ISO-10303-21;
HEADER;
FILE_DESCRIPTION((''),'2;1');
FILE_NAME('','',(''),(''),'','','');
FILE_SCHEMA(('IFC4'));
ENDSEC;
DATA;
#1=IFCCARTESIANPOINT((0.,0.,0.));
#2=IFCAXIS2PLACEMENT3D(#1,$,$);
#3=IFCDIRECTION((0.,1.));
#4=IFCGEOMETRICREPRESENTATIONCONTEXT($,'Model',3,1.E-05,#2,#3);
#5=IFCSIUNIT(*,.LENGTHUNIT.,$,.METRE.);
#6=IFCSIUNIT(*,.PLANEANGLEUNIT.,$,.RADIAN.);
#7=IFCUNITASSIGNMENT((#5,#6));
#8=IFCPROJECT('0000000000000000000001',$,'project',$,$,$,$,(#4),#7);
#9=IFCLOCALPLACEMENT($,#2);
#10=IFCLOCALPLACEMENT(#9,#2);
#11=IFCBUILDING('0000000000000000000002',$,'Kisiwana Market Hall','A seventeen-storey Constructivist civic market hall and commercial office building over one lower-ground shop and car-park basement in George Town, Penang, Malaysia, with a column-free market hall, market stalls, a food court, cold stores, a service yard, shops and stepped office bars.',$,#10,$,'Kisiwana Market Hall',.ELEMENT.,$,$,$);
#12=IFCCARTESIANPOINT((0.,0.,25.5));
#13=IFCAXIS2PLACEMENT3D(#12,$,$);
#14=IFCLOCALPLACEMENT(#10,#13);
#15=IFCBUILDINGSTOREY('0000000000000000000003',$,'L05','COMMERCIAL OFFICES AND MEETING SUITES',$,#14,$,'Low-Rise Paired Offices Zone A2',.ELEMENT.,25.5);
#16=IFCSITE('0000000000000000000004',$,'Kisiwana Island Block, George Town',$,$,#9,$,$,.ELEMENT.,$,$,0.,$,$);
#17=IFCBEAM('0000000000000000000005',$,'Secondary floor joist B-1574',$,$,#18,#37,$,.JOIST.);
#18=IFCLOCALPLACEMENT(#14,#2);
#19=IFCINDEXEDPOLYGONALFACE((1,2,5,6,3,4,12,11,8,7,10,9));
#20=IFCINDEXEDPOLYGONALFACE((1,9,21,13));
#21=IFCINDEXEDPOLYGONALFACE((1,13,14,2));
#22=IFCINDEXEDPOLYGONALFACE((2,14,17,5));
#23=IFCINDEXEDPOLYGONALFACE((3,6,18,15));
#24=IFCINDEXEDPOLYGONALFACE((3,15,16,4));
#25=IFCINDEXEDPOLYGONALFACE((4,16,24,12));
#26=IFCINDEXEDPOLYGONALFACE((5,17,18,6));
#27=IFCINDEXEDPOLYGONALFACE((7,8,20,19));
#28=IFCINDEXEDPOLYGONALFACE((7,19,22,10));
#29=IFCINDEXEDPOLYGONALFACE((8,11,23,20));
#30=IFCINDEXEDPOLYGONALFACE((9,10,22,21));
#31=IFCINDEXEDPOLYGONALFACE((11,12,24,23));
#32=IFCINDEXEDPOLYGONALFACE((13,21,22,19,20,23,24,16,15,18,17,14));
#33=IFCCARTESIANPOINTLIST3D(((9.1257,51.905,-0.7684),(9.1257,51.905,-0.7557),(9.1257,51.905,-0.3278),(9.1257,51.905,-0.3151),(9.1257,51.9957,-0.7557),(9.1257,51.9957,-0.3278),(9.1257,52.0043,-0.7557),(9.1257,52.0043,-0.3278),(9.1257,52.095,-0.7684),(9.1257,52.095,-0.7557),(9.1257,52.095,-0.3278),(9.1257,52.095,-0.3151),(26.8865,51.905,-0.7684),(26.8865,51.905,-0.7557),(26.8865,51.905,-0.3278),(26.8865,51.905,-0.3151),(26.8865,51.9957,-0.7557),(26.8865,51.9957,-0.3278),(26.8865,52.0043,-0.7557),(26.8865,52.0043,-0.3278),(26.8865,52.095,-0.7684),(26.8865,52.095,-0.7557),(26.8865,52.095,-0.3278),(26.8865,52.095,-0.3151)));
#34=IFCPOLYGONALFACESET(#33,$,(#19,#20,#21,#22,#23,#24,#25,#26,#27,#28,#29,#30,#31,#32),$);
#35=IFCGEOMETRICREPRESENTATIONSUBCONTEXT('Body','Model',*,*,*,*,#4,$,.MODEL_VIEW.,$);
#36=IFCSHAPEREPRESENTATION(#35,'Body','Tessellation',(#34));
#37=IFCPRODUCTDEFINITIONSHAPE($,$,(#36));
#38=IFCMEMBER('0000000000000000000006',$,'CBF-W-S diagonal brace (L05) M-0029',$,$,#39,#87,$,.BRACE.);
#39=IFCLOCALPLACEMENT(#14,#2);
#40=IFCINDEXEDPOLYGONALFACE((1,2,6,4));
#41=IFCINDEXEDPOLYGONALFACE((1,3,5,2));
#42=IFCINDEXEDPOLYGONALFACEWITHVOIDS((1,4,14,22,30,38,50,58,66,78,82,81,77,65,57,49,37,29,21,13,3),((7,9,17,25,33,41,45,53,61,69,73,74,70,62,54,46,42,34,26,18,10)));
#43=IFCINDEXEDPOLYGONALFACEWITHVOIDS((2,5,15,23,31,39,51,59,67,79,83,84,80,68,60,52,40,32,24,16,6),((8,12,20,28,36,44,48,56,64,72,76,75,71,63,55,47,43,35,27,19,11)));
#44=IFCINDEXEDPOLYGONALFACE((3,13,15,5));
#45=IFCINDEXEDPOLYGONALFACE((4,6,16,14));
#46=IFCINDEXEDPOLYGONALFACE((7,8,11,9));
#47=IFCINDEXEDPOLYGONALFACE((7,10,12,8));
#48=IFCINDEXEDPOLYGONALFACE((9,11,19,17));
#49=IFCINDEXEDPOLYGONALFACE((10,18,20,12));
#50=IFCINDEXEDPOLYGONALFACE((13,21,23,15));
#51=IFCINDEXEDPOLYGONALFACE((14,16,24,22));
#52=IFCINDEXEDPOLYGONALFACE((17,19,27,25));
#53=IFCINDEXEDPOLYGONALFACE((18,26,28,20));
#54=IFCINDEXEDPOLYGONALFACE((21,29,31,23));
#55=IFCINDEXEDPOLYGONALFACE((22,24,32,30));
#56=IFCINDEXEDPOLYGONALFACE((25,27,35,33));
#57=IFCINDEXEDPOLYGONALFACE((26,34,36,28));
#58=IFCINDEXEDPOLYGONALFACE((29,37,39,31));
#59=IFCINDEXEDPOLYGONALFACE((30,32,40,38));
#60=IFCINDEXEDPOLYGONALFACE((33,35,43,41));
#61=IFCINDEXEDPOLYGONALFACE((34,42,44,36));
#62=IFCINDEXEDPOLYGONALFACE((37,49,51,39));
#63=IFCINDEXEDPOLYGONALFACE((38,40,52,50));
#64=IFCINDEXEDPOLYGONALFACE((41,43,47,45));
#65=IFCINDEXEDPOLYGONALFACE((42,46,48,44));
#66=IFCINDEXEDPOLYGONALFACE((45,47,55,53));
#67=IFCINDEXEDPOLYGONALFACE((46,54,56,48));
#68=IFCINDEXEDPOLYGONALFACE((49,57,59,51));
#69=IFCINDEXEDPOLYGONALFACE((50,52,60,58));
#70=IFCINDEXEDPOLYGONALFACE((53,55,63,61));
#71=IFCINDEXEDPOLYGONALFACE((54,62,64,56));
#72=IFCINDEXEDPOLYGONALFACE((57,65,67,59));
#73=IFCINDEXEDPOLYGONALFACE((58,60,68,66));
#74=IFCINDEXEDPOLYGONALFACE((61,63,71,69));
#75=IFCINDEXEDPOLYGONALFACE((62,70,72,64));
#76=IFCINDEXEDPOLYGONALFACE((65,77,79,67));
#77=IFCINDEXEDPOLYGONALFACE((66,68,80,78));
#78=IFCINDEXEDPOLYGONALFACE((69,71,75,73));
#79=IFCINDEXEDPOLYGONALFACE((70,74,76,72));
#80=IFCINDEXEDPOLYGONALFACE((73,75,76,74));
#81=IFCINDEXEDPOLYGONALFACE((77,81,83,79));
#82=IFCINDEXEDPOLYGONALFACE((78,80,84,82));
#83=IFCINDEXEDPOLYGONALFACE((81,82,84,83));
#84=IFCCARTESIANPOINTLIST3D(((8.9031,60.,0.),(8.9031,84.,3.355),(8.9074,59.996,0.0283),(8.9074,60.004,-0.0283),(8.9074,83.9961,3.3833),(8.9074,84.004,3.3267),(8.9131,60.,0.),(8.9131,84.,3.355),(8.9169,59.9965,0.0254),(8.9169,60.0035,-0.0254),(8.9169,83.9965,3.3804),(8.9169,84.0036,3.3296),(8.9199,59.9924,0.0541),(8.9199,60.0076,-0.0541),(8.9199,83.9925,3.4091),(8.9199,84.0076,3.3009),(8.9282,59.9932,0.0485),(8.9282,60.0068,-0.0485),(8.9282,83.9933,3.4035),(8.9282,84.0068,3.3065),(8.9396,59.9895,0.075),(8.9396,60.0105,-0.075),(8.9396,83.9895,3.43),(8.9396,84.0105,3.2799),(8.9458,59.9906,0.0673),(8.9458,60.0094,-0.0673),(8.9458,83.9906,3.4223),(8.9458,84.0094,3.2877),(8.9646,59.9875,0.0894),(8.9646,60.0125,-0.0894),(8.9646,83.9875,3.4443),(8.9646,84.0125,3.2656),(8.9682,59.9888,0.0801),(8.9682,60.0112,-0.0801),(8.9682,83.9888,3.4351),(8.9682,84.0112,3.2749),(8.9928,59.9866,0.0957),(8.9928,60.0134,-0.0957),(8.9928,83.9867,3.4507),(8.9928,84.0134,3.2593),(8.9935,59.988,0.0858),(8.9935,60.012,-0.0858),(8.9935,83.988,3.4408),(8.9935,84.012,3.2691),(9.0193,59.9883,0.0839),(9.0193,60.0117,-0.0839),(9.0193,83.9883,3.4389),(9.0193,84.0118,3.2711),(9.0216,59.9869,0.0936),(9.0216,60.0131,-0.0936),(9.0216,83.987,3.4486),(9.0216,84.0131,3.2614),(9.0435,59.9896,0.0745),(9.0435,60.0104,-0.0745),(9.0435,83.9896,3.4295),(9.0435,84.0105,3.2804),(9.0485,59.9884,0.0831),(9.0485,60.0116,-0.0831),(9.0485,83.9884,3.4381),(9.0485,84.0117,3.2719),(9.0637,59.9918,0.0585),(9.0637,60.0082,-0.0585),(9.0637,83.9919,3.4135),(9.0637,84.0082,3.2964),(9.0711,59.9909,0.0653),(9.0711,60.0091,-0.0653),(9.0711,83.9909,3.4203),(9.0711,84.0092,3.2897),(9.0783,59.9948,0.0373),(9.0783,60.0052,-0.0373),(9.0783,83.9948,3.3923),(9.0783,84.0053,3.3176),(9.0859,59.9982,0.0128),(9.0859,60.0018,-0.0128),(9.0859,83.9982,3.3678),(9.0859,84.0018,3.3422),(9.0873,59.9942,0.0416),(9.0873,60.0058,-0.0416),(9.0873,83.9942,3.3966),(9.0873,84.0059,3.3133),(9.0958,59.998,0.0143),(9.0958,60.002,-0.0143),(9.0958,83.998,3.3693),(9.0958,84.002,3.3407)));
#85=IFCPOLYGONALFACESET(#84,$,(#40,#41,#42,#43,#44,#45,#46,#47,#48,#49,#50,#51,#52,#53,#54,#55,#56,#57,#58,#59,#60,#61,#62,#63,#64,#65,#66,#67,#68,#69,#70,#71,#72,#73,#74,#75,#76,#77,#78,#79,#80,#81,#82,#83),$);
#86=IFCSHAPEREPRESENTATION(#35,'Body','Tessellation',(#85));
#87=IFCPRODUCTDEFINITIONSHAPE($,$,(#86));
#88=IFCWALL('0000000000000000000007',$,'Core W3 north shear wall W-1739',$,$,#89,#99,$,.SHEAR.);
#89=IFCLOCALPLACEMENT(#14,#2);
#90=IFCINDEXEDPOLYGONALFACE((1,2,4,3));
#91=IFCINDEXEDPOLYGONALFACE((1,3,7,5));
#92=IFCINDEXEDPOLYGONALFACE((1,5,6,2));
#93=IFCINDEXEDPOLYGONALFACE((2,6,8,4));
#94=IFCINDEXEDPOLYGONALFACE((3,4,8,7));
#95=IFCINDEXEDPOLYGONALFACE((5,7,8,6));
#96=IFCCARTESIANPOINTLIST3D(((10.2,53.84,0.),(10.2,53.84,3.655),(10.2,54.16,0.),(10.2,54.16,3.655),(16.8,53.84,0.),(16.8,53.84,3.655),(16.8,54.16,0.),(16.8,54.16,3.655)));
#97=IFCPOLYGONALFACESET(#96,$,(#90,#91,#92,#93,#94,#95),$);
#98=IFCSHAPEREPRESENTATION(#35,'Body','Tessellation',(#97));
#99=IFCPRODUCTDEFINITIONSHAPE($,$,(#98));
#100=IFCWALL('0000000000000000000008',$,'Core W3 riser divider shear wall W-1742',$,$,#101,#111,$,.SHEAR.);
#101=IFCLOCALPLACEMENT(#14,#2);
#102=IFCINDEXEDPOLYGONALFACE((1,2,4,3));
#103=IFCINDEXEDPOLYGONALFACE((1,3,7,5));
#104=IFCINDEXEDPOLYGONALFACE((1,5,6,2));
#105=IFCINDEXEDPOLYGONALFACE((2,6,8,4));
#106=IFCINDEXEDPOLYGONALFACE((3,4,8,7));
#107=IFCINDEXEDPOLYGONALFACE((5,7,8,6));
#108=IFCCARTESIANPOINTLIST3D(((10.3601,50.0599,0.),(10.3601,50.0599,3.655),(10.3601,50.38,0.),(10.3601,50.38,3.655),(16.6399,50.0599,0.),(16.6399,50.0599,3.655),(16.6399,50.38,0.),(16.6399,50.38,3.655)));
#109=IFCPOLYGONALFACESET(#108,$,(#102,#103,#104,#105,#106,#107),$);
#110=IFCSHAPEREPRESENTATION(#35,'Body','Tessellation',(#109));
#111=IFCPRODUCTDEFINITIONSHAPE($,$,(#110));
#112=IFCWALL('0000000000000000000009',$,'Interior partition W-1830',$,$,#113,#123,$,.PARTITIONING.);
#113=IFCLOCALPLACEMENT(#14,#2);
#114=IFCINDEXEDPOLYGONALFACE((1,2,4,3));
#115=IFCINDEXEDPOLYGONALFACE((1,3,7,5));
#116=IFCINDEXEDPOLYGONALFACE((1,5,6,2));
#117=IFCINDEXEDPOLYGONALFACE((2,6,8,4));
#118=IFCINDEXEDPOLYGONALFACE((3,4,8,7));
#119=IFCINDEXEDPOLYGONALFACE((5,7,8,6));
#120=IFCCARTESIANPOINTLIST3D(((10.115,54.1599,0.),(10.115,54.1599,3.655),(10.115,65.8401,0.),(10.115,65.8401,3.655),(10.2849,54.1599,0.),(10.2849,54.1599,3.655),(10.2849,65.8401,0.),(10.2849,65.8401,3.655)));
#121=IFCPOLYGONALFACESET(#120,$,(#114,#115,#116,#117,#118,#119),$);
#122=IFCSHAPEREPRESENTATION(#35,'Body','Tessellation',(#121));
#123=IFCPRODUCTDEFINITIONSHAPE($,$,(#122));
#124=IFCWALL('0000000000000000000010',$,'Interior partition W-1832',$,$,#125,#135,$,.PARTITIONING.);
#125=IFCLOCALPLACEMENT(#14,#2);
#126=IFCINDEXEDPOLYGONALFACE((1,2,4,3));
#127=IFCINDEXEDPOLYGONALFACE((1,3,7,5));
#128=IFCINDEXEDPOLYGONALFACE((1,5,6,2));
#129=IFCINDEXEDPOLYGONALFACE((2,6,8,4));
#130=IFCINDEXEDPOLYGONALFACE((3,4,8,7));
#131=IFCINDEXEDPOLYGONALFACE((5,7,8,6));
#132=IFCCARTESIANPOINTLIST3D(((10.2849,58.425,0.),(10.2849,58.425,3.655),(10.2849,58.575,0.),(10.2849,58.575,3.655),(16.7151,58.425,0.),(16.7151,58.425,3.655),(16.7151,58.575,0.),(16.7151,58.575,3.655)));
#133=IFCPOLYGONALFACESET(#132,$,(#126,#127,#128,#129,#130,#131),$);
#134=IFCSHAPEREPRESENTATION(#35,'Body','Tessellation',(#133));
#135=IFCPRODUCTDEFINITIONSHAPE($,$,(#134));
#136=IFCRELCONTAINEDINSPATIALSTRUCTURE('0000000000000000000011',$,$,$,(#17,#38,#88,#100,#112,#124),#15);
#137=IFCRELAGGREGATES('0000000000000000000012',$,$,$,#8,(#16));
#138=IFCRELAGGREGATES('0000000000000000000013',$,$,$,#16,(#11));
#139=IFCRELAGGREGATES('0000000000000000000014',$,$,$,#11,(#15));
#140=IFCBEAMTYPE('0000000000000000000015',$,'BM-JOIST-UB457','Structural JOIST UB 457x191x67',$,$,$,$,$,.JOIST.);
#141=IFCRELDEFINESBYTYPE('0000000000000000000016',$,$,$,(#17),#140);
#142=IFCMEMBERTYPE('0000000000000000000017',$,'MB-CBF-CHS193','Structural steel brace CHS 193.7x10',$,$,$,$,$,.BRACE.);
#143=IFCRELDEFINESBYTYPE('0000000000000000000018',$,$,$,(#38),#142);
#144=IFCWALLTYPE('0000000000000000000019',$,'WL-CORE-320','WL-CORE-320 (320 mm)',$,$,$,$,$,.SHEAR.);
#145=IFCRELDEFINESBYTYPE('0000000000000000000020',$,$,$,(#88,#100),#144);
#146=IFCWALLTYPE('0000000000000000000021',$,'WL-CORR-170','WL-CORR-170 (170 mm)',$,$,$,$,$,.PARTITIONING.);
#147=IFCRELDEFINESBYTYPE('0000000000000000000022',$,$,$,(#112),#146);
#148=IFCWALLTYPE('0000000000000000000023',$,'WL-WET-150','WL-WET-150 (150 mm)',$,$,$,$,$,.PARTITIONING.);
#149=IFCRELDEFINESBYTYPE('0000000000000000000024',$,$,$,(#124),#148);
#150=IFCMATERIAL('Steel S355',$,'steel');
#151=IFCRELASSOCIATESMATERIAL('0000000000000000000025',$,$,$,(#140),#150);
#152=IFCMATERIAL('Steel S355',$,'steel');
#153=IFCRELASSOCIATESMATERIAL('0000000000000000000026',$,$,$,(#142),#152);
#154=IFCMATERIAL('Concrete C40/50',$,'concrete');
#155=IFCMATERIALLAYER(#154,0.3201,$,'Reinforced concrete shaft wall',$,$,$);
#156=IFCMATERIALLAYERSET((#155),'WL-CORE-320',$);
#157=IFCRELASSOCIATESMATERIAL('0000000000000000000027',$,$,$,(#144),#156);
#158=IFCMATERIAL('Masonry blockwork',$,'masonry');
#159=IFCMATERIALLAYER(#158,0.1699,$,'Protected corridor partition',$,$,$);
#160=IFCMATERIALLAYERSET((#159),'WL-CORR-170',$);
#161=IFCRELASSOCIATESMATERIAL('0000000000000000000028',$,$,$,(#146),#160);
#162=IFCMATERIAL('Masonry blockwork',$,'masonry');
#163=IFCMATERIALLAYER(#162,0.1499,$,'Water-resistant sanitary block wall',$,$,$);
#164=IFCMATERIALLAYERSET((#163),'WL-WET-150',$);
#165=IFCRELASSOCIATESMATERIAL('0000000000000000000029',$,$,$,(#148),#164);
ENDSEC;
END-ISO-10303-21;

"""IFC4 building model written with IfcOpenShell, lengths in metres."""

from ifc_helpers import new_model, si_unit, direction, frame, frame_2d, origin, origin_2d, place, context, subcontext, project, spatial, rectangle, hollow_circle, i_section, extrude, material, layer, layer_set, material_profile, profile_set, type_object, element, save


model = new_model("IFC4")

# Units and contexts
model_context = context("Model", 3, precision=1e-05, world=origin(), true_north=direction((0.0, 1.0)))
body_context = subcontext(model_context, "Body", "Model", "MODEL_VIEW")
ifc_project = project(units=[si_unit("LENGTHUNIT", "METRE"), si_unit("PLANEANGLEUNIT", "RADIAN")], contexts=[model_context])

# Site, building, storey
site_placement = place(None, origin())
site = spatial("IfcSite", under=ifc_project, at=site_placement, Name="Kisiwana Island Block, George Town", CompositionType="ELEMENT", RefElevation=0.0)
building_placement = place(site_placement, origin())
building = spatial("IfcBuilding", under=site, at=building_placement, Name="Kisiwana Market Hall", Description="A seventeen-storey Constructivist civic market hall and commercial office building over one lower-ground shop and car-park basement in George Town, Penang, Malaysia, with a column-free market hall, market stalls, a food court, cold stores, a service yard, shops and stepped office bars.", LongName="Kisiwana Market Hall", CompositionType="ELEMENT")
storey_placement = place(building_placement, frame((0.0, 0.0, 25.5)))
storey = spatial("IfcBuildingStorey", under=building, at=storey_placement, Name="L05", Description="COMMERCIAL OFFICES AND MEETING SUITES", LongName="Low-Rise Paired Offices Zone A2", CompositionType="ELEMENT", Elevation=25.5)

# Beam
ifc_material_1 = material(Name="Steel S355", Category="steel")
ifc_material_profile_1 = material_profile(ifc_material_1, i_section(OverallWidth=0.1899, OverallDepth=0.4534, WebThickness=0.0085, FlangeThickness=0.0127, at=origin_2d()), Name="UB 457x191x67")
ifc_profile_set_1 = profile_set([ifc_material_profile_1], Name="Steel S355")
beam_type_1 = type_object("IfcBeamType", Name="BM-JOIST-UB457", Description="Structural JOIST UB 457x191x67", PredefinedType="JOIST", material=ifc_profile_set_1)
beam_1_placement = place(storey_placement, frame((9.1257, 52.0, -0.5417), z_axis=(1.0, 0.0, 0.0), x_axis=(0.0, 1.0, 0.0)))
element("IfcBeam", 1, at=beam_1_placement, inside=storey, type_object=beam_type_1, Name="Secondary floor joist B-1574", PredefinedType="JOIST", context=body_context, shape_type="SweptSolid", body=[
    extrude(i_section(OverallWidth=0.1899, OverallDepth=0.4534, WebThickness=0.0085, FlangeThickness=0.0127, at=origin_2d()), origin(), (0.0, 0.0, 1.0), 17.7607),
])

# Member
ifc_material_2 = material(Name="Steel S355", Category="steel")
ifc_material_profile_2 = material_profile(ifc_material_2, hollow_circle(Radius=0.0969, WallThickness=0.01, at=origin_2d()), Name="CHS 193.7x10")
ifc_profile_set_2 = profile_set([ifc_material_profile_2], Name="Steel S355")
member_type = type_object("IfcMemberType", Name="MB-CBF-CHS193", Description="Structural steel brace CHS 193.7x10", PredefinedType="BRACE", material=ifc_profile_set_2)
member_placement = place(storey_placement, frame((9.0, 60.0, 0.0), z_axis=(0.0, 0.99037, 0.138445), x_axis=(-1.0, 0.0, 0.0)))
element("IfcMember", 2, at=member_placement, inside=storey, type_object=member_type, Name="CBF-W-S diagonal brace (L05) M-0029", PredefinedType="BRACE", context=body_context, shape_type="SweptSolid", body=[
    extrude(hollow_circle(Radius=0.0969, WallThickness=0.01, at=origin_2d()), origin(), (0.0, 0.0, 1.0), 24.2334),
])

# Walls
ifc_material_3 = material(Name="Concrete C40/50", Category="concrete")
ifc_layer_1 = layer(ifc_material_3, 0.3201, Name="Reinforced concrete shaft wall")
ifc_layer_set_1 = layer_set([ifc_layer_1], Name="WL-CORE-320")
wall_type_1 = type_object("IfcWallType", Name="WL-CORE-320", Description="WL-CORE-320 (320 mm)", PredefinedType="SHEAR", material=ifc_layer_set_1)
wall_1_placement = place(storey_placement, frame((10.2, 54.0, 0.0), z_axis=(0.0, 0.0, 1.0), x_axis=(1.0, 0.0, 0.0)))
element("IfcWall", 3, at=wall_1_placement, inside=storey, type_object=wall_type_1, Name="Core W3 north shear wall W-1739", PredefinedType="SHEAR", context=body_context, shape_type="SweptSolid", body=[
    extrude(rectangle(XDim=6.6001, YDim=0.3201, at=frame_2d((3.3, 0.0))), origin(), (0.0, 0.0, 1.0), 3.655),
])
wall_2_placement = place(storey_placement, frame((10.3601, 50.22, 0.0), z_axis=(0.0, 0.0, 1.0), x_axis=(1.0, 0.0, 0.0)))
element("IfcWall", 4, at=wall_2_placement, inside=storey, type_object=wall_type_1, Name="Core W3 riser divider shear wall W-1742", PredefinedType="SHEAR", context=body_context, shape_type="SweptSolid", body=[
    extrude(rectangle(XDim=6.2798, YDim=0.3201, at=frame_2d((3.1399, 0.0))), origin(), (0.0, 0.0, 1.0), 3.655),
])
ifc_material_4 = material(Name="Masonry blockwork", Category="masonry")
ifc_layer_2 = layer(ifc_material_4, 0.1699, Name="Protected corridor partition")
ifc_layer_set_2 = layer_set([ifc_layer_2], Name="WL-CORR-170")
wall_type_2 = type_object("IfcWallType", Name="WL-CORR-170", Description="WL-CORR-170 (170 mm)", PredefinedType="PARTITIONING", material=ifc_layer_set_2)
wall_3_placement = place(storey_placement, frame((10.2, 54.1599, 0.0), z_axis=(0.0, 0.0, 1.0), x_axis=(0.0, 1.0, 0.0)))
element("IfcWall", 5, at=wall_3_placement, inside=storey, type_object=wall_type_2, Name="Interior partition W-1830", PredefinedType="PARTITIONING", context=body_context, shape_type="SweptSolid", body=[
    extrude(rectangle(XDim=11.6802, YDim=0.1699, at=frame_2d((5.8401, 0.0))), origin(), (0.0, 0.0, 1.0), 3.655),
])
ifc_material_5 = material(Name="Masonry blockwork", Category="masonry")
ifc_layer_3 = layer(ifc_material_5, 0.1499, Name="Water-resistant sanitary block wall")
ifc_layer_set_3 = layer_set([ifc_layer_3], Name="WL-WET-150")
wall_type_3 = type_object("IfcWallType", Name="WL-WET-150", Description="WL-WET-150 (150 mm)", PredefinedType="PARTITIONING", material=ifc_layer_set_3)
wall_4_placement = place(storey_placement, frame((10.2849, 58.5, 0.0), z_axis=(0.0, 0.0, 1.0), x_axis=(1.0, 0.0, 0.0)))
element("IfcWall", 6, at=wall_4_placement, inside=storey, type_object=wall_type_3, Name="Interior partition W-1832", PredefinedType="PARTITIONING", context=body_context, shape_type="SweptSolid", body=[
    extrude(rectangle(XDim=6.4302, YDim=0.1499, at=frame_2d((3.2151, 0.0))), origin(), (0.0, 0.0, 1.0), 3.655),
])

save(model, "model.ifc")
